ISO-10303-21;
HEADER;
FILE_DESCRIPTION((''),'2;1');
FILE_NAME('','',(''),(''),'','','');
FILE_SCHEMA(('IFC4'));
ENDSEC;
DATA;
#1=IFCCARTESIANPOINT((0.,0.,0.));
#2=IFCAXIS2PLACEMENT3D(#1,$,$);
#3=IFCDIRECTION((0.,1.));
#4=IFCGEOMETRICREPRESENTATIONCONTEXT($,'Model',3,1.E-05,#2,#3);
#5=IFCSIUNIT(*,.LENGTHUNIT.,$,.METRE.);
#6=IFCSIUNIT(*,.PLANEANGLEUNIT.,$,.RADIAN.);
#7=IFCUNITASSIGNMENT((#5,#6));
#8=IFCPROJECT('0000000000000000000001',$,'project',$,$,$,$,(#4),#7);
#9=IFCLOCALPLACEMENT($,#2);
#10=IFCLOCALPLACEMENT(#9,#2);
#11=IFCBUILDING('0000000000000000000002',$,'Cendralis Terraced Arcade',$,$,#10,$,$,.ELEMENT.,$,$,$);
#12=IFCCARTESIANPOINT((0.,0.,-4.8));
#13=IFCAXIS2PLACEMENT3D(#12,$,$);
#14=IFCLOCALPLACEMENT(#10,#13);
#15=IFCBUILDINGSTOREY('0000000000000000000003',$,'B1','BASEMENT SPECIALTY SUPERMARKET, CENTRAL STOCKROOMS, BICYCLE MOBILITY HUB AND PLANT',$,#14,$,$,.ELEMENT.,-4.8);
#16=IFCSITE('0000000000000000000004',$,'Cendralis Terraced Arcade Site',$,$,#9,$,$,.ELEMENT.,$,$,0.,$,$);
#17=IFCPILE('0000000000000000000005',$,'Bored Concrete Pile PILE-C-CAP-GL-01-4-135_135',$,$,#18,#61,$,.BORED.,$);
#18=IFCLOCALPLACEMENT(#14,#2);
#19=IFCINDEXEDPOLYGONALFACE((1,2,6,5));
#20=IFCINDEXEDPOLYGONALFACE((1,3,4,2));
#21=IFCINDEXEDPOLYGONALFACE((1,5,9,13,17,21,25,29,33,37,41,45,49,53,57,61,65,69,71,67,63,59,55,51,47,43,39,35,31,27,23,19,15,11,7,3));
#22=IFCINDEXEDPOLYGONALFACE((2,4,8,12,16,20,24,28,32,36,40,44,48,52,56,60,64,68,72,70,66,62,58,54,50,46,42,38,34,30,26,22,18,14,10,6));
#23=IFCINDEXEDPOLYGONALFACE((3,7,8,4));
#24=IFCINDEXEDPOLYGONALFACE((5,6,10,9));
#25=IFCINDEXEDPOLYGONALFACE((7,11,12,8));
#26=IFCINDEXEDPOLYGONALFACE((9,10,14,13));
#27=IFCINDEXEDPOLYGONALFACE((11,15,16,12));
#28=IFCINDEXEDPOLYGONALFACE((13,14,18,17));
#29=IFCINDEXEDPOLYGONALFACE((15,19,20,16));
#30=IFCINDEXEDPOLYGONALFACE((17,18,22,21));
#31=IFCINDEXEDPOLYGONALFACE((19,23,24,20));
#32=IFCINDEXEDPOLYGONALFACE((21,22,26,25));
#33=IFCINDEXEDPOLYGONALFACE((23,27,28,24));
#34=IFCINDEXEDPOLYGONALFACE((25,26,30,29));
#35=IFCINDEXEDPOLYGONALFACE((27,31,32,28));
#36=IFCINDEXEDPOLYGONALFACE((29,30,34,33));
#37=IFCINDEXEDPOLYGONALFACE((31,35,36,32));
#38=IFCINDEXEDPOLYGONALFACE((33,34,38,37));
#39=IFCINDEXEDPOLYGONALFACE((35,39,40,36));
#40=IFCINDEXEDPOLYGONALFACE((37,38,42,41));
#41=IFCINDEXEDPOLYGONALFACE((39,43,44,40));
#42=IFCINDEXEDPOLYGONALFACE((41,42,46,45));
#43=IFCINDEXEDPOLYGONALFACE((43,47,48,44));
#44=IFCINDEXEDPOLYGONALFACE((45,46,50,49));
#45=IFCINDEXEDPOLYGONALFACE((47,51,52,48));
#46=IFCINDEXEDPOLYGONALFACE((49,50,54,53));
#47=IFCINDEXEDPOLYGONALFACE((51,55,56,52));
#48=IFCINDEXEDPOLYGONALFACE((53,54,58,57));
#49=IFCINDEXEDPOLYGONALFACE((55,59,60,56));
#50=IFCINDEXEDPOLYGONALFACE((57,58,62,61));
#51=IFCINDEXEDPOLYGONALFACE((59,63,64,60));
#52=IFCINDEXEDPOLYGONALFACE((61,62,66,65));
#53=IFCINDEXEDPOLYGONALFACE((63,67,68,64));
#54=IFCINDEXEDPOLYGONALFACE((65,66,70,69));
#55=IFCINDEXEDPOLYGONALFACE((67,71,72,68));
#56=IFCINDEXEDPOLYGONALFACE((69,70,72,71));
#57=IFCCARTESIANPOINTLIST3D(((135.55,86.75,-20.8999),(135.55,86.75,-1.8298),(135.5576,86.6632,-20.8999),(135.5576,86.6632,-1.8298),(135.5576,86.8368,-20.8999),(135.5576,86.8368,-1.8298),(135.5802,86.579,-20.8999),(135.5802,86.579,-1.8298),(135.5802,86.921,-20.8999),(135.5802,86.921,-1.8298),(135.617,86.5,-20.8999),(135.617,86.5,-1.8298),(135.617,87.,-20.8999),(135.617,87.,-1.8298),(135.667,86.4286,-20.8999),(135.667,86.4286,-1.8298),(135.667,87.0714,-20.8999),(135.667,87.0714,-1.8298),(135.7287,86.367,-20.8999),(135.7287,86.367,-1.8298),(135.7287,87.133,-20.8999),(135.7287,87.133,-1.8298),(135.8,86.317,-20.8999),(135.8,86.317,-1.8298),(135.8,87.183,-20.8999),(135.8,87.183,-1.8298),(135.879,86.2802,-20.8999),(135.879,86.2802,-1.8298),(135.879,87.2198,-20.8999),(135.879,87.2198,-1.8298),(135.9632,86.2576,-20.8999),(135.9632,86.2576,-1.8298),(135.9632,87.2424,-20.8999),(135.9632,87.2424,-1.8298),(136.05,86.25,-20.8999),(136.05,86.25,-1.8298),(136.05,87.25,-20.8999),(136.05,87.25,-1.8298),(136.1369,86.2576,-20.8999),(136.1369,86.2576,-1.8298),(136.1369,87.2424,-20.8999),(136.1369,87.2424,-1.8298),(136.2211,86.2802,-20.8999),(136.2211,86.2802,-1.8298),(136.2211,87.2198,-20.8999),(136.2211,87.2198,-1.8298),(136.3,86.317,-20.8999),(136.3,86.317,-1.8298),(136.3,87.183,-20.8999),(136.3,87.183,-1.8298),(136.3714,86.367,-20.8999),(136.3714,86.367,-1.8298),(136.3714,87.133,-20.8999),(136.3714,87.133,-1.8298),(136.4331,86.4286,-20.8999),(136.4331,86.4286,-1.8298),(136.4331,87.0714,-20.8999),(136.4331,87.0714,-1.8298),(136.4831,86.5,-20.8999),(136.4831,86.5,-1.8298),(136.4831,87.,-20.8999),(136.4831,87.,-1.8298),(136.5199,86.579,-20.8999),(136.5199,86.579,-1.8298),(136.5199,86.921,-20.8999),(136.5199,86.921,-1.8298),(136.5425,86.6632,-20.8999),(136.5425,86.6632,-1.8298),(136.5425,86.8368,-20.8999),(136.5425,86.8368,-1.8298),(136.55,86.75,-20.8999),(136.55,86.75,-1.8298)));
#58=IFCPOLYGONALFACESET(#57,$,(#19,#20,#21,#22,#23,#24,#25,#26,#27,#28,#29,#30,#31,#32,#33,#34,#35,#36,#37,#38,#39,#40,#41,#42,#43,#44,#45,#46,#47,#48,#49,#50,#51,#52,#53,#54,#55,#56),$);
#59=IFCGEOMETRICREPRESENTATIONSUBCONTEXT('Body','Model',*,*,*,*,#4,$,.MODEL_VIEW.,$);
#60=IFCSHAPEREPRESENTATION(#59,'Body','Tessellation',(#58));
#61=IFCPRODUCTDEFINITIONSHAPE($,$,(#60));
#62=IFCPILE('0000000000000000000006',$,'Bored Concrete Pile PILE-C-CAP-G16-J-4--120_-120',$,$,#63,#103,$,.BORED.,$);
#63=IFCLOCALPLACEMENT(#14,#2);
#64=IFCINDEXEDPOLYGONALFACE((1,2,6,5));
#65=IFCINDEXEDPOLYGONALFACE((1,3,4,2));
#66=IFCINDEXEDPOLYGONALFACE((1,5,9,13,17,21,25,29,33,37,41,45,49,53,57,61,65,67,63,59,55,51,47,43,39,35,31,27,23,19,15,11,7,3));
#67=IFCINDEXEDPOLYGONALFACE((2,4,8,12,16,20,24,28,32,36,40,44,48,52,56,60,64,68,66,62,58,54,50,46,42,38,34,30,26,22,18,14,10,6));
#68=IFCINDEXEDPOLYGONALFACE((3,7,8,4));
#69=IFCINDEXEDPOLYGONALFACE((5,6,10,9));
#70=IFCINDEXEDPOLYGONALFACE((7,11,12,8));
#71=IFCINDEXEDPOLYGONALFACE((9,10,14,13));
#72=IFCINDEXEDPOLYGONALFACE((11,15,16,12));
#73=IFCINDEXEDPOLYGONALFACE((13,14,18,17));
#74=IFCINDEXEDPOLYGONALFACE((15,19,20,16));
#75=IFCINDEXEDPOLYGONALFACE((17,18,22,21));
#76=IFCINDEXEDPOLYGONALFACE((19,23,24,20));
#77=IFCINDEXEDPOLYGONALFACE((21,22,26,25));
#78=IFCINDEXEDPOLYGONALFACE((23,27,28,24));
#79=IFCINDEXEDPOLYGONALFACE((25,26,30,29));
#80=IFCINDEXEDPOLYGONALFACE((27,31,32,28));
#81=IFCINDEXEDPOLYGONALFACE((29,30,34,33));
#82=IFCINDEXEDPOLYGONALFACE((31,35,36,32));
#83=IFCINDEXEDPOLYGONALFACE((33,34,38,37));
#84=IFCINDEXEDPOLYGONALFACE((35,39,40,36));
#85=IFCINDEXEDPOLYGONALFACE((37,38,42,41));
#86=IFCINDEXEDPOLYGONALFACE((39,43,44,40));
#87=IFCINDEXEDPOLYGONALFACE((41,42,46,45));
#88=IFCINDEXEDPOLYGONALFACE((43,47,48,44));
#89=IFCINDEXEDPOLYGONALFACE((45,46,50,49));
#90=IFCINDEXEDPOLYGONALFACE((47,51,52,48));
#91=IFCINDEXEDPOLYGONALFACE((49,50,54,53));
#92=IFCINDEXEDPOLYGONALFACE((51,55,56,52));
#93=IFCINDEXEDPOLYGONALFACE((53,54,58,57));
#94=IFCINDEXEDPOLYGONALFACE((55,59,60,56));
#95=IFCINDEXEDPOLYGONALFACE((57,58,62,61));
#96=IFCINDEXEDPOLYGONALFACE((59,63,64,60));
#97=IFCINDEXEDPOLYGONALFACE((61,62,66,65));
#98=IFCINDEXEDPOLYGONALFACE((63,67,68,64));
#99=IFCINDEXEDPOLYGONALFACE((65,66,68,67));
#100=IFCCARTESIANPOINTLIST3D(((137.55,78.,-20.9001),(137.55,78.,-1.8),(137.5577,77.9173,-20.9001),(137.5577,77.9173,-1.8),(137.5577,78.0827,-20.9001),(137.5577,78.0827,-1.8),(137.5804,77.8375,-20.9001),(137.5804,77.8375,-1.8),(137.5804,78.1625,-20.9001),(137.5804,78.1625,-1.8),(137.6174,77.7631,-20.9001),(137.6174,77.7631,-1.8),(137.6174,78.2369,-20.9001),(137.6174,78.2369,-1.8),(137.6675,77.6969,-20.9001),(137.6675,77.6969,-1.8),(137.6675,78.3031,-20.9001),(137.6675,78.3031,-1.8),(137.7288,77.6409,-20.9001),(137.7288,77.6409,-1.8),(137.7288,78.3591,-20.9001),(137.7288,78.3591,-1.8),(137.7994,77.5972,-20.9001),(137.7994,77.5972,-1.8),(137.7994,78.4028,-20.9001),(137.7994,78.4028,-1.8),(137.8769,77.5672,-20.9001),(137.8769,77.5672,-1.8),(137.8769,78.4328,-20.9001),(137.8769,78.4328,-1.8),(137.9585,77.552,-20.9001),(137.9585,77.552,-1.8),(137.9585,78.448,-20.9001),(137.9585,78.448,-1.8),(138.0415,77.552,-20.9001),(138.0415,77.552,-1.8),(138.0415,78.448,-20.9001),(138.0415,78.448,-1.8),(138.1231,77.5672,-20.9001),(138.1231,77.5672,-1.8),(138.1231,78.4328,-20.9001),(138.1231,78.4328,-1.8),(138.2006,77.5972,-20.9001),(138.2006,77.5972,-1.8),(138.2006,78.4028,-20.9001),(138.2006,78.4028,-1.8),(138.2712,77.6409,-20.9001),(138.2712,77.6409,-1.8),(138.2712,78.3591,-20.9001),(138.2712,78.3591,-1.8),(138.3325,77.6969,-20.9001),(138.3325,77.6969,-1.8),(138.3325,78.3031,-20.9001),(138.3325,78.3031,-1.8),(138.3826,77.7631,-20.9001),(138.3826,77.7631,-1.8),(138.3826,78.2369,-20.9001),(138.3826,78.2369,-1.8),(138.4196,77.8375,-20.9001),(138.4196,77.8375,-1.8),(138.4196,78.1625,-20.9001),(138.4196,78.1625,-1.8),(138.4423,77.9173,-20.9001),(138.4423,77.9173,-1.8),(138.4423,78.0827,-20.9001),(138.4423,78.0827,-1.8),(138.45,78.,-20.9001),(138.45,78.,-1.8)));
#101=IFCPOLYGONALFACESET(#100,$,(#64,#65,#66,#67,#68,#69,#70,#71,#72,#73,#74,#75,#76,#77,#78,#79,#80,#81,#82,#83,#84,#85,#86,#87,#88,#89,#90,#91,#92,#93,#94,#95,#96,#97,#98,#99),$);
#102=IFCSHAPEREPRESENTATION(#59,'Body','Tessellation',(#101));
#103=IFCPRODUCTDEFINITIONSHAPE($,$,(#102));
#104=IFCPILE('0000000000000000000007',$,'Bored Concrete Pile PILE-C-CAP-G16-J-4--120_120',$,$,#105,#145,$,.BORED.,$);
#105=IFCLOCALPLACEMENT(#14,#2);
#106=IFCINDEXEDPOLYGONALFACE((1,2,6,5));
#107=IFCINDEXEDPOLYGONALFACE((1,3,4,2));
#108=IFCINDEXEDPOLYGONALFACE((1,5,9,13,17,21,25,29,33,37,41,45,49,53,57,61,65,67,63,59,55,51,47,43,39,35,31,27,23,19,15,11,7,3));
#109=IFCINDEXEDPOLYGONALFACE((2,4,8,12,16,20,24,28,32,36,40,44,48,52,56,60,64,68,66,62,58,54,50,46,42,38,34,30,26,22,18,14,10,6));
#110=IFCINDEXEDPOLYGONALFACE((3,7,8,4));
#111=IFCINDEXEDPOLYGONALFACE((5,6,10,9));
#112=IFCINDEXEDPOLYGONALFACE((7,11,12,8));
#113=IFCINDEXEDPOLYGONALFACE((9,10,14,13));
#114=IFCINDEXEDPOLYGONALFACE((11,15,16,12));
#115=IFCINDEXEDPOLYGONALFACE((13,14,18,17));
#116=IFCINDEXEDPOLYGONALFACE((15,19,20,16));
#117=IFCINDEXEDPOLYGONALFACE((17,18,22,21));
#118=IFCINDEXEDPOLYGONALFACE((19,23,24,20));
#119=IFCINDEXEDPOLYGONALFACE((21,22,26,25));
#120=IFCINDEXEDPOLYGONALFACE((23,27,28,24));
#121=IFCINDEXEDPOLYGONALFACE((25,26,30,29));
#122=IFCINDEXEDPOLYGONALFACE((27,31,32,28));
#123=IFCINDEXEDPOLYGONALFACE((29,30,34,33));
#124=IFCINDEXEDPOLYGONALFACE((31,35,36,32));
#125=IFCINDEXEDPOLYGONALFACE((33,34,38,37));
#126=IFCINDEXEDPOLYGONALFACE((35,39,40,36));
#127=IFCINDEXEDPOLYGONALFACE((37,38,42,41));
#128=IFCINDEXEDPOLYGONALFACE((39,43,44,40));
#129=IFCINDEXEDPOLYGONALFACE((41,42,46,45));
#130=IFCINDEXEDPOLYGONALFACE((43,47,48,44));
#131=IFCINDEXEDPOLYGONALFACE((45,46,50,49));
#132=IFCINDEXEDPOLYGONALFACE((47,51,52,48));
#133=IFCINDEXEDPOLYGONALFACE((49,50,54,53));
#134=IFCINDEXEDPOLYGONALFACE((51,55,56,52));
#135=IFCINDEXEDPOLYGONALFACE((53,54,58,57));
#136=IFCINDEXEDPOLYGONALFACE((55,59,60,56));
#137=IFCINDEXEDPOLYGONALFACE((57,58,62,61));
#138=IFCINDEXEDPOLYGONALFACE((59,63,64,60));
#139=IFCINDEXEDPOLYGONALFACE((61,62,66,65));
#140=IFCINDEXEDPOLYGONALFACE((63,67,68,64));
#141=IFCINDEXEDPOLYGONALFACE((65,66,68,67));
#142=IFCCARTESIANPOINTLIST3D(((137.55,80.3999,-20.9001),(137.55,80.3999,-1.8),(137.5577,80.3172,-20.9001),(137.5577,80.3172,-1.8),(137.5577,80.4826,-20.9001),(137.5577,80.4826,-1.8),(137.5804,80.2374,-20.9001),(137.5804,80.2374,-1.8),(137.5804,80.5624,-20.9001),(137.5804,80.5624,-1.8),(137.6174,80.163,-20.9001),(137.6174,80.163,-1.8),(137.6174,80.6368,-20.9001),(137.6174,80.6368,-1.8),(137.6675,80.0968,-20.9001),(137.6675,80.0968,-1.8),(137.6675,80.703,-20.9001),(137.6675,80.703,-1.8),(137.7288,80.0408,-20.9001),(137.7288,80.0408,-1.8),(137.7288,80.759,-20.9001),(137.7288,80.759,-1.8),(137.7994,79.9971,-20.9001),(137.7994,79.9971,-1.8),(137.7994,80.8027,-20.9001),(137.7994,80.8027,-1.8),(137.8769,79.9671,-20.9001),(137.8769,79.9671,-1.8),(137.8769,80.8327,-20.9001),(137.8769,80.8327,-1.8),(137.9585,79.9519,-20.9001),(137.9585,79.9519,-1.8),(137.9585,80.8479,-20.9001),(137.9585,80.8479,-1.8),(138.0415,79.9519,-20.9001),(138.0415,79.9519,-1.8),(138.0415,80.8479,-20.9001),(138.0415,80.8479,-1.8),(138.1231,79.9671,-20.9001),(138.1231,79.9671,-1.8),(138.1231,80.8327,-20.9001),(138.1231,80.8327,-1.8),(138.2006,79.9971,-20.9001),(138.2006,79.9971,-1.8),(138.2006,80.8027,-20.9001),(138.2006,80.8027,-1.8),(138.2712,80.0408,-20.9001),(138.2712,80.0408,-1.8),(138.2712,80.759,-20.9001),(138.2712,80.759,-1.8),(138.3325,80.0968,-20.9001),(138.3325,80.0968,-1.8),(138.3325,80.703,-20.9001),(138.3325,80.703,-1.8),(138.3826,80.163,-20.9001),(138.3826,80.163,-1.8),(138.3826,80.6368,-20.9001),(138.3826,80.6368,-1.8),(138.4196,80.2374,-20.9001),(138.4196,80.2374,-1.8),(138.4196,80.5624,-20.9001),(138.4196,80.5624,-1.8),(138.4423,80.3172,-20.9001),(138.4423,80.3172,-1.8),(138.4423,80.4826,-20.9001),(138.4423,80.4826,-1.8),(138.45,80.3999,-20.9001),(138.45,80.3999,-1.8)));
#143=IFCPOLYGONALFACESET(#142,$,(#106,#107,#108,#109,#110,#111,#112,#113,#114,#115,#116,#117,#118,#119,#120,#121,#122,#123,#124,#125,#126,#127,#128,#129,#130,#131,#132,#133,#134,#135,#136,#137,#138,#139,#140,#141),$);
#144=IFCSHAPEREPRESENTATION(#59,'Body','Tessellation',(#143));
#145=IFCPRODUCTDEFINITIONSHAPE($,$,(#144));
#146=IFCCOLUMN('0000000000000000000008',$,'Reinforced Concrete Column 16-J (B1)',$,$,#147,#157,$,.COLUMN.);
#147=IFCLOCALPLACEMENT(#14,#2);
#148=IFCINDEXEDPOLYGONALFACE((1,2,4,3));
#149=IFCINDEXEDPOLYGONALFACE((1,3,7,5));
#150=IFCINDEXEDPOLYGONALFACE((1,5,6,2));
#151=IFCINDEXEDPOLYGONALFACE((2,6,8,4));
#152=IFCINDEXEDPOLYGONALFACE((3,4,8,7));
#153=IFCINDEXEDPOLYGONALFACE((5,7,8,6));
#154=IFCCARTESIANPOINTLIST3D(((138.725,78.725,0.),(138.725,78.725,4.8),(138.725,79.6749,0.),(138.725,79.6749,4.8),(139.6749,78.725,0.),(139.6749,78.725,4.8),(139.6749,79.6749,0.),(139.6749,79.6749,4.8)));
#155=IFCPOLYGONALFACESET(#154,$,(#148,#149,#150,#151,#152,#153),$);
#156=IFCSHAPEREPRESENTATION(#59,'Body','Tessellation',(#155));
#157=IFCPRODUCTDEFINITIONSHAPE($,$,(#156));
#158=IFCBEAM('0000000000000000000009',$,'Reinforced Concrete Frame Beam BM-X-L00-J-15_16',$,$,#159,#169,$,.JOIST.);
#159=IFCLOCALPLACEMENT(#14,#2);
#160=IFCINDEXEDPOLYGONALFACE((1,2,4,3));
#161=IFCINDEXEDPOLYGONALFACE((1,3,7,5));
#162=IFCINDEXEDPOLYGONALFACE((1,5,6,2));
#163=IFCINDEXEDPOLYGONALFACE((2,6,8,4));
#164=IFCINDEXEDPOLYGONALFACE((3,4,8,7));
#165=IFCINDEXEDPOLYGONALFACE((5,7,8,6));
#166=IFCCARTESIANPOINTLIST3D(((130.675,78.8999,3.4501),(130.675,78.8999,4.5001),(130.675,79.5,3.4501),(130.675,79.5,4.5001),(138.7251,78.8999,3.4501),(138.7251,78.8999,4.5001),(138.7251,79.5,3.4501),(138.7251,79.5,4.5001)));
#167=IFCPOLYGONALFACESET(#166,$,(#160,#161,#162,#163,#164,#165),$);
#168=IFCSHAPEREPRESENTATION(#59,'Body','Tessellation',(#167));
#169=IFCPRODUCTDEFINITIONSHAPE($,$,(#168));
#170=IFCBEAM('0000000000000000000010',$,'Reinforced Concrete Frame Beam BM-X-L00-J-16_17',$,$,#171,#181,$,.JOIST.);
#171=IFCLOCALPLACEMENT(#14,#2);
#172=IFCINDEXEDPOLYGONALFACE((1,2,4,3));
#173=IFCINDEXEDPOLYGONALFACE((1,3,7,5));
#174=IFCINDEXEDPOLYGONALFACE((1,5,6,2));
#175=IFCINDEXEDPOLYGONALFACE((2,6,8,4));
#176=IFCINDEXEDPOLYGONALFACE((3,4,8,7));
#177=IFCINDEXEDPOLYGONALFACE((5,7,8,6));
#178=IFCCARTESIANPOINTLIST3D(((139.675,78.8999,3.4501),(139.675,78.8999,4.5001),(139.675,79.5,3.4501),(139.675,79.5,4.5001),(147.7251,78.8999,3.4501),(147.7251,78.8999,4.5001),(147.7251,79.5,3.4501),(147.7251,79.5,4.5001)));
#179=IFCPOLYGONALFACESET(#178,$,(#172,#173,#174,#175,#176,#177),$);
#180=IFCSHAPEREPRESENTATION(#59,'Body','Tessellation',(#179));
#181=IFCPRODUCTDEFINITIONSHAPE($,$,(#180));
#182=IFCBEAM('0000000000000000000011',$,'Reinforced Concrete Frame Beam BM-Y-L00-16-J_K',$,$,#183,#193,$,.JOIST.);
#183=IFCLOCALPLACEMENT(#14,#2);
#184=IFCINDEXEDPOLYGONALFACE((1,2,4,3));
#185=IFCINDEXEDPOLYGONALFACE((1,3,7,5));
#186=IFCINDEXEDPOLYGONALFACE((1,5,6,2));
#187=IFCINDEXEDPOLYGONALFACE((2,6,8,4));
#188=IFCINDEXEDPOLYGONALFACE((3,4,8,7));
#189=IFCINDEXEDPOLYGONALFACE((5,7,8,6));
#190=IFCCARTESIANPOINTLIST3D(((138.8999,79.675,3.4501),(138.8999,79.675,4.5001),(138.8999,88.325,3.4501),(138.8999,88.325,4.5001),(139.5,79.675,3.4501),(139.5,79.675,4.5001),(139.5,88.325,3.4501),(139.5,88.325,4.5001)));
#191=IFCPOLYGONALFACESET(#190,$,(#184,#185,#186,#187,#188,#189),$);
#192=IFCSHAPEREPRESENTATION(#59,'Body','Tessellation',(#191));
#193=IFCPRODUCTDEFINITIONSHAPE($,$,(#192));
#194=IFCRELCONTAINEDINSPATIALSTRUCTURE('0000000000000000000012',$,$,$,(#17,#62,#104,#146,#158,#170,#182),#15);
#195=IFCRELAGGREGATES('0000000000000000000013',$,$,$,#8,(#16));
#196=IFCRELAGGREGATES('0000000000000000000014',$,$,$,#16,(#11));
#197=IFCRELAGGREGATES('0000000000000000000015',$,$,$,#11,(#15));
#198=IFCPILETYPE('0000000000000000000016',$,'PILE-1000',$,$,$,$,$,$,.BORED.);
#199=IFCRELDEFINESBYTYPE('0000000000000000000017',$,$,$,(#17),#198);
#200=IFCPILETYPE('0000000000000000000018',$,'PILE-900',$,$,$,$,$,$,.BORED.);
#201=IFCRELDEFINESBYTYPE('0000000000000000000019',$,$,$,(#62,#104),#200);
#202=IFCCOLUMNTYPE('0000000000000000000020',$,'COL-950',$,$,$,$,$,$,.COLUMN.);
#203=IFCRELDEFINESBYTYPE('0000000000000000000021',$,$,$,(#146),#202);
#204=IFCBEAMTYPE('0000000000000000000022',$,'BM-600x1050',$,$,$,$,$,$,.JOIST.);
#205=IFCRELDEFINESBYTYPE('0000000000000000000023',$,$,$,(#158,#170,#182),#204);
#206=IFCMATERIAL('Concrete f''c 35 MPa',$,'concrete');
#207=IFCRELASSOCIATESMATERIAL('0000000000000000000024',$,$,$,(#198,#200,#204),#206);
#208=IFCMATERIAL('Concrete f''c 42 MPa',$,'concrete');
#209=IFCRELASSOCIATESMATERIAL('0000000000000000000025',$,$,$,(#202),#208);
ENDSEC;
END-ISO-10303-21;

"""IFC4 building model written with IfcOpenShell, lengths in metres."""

from ifc_helpers import new_model, si_unit, direction, frame, origin, origin_2d, place, context, subcontext, project, spatial, rectangle, circle, extrude, material, material_profile, profile_set, type_object, element, save


model = new_model("IFC4")

# Units and contexts
model_context = context("Model", 3, precision=1e-05, world=origin(), true_north=direction((0.0, 1.0)))
body_context = subcontext(model_context, "Body", "Model", "MODEL_VIEW")
ifc_project = project(units=[si_unit("LENGTHUNIT", "METRE"), si_unit("PLANEANGLEUNIT", "RADIAN")], contexts=[model_context])

# Site, building, storey
site_placement = place(None, origin())
site = spatial("IfcSite", under=ifc_project, at=site_placement, Name="Cendralis Terraced Arcade Site", CompositionType="ELEMENT", RefElevation=0.0)
building_placement = place(site_placement, origin())
building = spatial("IfcBuilding", under=site, at=building_placement, Name="Cendralis Terraced Arcade", CompositionType="ELEMENT")
storey_placement = place(building_placement, frame((0.0, 0.0, -4.8)))
storey = spatial("IfcBuildingStorey", under=building, at=storey_placement, Name="B1", Description="BASEMENT SPECIALTY SUPERMARKET, CENTRAL STOCKROOMS, BICYCLE MOBILITY HUB AND PLANT", CompositionType="ELEMENT", Elevation=-4.8)

# Shared definitions
ifc_material_1 = material(Name="Concrete f'c 35 MPa", Category="concrete")

# Piles
ifc_material_profile_1 = material_profile(ifc_material_1, circle(Radius=0.5, at=origin_2d()), Name="PILE-D1000", Category="LoadBearing")
ifc_profile_set_1 = profile_set([ifc_material_profile_1], Name="Concrete f'c 35 MPa")
pile_type_1 = type_object("IfcPileType", Name="PILE-1000", PredefinedType="BORED", material=ifc_profile_set_1)
for number, where, z_axis, x_axis, name in (
    (1, (136.05, 86.75, -1.8298), (0.0, 0.0, -1.0), (1.0, 0.0, 0.0), "Bored Concrete Pile PILE-C-CAP-GL-01-4-135_135"),
):
    element("IfcPile", number, at=place(storey_placement, frame(where, z_axis=z_axis, x_axis=x_axis)), inside=storey, type_object=pile_type_1, Name=name, PredefinedType="BORED", context=body_context, shape_type="SweptSolid", body=[
        extrude(circle(Radius=0.5, at=origin_2d()), origin(), (0.0, 0.0, 1.0), 19.0701),
    ])
ifc_material_profile_2 = material_profile(ifc_material_1, circle(Radius=0.45, at=origin_2d()), Name="PILE-D900", Category="LoadBearing")
ifc_profile_set_2 = profile_set([ifc_material_profile_2], Name="Concrete f'c 35 MPa")
pile_type_2 = type_object("IfcPileType", Name="PILE-900", PredefinedType="BORED", material=ifc_profile_set_2)
for number, where, z_axis, x_axis, name in (
    (2, (138.0, 78.0, -1.8), (0.0, 0.0, -1.0), (1.0, 0.0, 0.0), "Bored Concrete Pile PILE-C-CAP-G16-J-4--120_-120"),
    (3, (138.0, 80.3999, -1.8), (0.0, 0.0, -1.0), (1.0, 0.0, 0.0), "Bored Concrete Pile PILE-C-CAP-G16-J-4--120_120"),
):
    element("IfcPile", number, at=place(storey_placement, frame(where, z_axis=z_axis, x_axis=x_axis)), inside=storey, type_object=pile_type_2, Name=name, PredefinedType="BORED", context=body_context, shape_type="SweptSolid", body=[
        extrude(circle(Radius=0.45, at=origin_2d()), origin(), (0.0, 0.0, 1.0), 19.1001),
    ])

# Column
ifc_material_2 = material(Name="Concrete f'c 42 MPa", Category="concrete")
ifc_material_profile_3 = material_profile(ifc_material_2, rectangle(XDim=0.95, YDim=0.95, at=origin_2d()), Name="RC-COL-950x950", Category="LoadBearing")
ifc_profile_set_3 = profile_set([ifc_material_profile_3], Name="Concrete f'c 42 MPa")
column_type = type_object("IfcColumnType", Name="COL-950", PredefinedType="COLUMN", material=ifc_profile_set_3)
column_placement = place(storey_placement, frame((139.2, 79.2, 0.0), z_axis=(0.0, 0.0, 1.0), x_axis=(1.0, 0.0, 0.0)))
element("IfcColumn", 4, at=column_placement, inside=storey, type_object=column_type, Name="Reinforced Concrete Column 16-J (B1)", PredefinedType="COLUMN", context=body_context, shape_type="SweptSolid", body=[
    extrude(rectangle(XDim=0.95, YDim=0.95, at=origin_2d()), origin(), (0.0, 0.0, 1.0), 4.8),
])

# Beams
ifc_material_profile_4 = material_profile(ifc_material_1, rectangle(XDim=0.6001, YDim=1.05, at=origin_2d()), Name="RC-BM-600x1050", Category="LoadBearing")
ifc_profile_set_4 = profile_set([ifc_material_profile_4], Name="Concrete f'c 35 MPa")
beam_type = type_object("IfcBeamType", Name="BM-600x1050", PredefinedType="JOIST", material=ifc_profile_set_4)
for number, where, z_axis, x_axis, name in (
    (5, (130.675, 79.2, 3.9751), (1.0, 0.0, 0.0), (0.0, 1.0, 0.0), "Reinforced Concrete Frame Beam BM-X-L00-J-15_16"),
    (6, (139.675, 79.2, 3.9751), (1.0, 0.0, 0.0), (0.0, 1.0, 0.0), "Reinforced Concrete Frame Beam BM-X-L00-J-16_17"),
):
    element("IfcBeam", number, at=place(storey_placement, frame(where, z_axis=z_axis, x_axis=x_axis)), inside=storey, type_object=beam_type, Name=name, PredefinedType="JOIST", context=body_context, shape_type="SweptSolid", body=[
        extrude(rectangle(XDim=0.6001, YDim=1.05, at=origin_2d()), origin(), (0.0, 0.0, 1.0), 8.05),
    ])
beam_placement = place(storey_placement, frame((139.2, 79.675, 3.9751), z_axis=(0.0, 1.0, 0.0), x_axis=(-1.0, 0.0, 0.0)))
element("IfcBeam", 7, at=beam_placement, inside=storey, type_object=beam_type, Name="Reinforced Concrete Frame Beam BM-Y-L00-16-J_K", PredefinedType="JOIST", context=body_context, shape_type="SweptSolid", body=[
    extrude(rectangle(XDim=0.6001, YDim=1.05, at=origin_2d()), origin(), (0.0, 0.0, 1.0), 8.6499),
])

save(model, "model.ifc")
